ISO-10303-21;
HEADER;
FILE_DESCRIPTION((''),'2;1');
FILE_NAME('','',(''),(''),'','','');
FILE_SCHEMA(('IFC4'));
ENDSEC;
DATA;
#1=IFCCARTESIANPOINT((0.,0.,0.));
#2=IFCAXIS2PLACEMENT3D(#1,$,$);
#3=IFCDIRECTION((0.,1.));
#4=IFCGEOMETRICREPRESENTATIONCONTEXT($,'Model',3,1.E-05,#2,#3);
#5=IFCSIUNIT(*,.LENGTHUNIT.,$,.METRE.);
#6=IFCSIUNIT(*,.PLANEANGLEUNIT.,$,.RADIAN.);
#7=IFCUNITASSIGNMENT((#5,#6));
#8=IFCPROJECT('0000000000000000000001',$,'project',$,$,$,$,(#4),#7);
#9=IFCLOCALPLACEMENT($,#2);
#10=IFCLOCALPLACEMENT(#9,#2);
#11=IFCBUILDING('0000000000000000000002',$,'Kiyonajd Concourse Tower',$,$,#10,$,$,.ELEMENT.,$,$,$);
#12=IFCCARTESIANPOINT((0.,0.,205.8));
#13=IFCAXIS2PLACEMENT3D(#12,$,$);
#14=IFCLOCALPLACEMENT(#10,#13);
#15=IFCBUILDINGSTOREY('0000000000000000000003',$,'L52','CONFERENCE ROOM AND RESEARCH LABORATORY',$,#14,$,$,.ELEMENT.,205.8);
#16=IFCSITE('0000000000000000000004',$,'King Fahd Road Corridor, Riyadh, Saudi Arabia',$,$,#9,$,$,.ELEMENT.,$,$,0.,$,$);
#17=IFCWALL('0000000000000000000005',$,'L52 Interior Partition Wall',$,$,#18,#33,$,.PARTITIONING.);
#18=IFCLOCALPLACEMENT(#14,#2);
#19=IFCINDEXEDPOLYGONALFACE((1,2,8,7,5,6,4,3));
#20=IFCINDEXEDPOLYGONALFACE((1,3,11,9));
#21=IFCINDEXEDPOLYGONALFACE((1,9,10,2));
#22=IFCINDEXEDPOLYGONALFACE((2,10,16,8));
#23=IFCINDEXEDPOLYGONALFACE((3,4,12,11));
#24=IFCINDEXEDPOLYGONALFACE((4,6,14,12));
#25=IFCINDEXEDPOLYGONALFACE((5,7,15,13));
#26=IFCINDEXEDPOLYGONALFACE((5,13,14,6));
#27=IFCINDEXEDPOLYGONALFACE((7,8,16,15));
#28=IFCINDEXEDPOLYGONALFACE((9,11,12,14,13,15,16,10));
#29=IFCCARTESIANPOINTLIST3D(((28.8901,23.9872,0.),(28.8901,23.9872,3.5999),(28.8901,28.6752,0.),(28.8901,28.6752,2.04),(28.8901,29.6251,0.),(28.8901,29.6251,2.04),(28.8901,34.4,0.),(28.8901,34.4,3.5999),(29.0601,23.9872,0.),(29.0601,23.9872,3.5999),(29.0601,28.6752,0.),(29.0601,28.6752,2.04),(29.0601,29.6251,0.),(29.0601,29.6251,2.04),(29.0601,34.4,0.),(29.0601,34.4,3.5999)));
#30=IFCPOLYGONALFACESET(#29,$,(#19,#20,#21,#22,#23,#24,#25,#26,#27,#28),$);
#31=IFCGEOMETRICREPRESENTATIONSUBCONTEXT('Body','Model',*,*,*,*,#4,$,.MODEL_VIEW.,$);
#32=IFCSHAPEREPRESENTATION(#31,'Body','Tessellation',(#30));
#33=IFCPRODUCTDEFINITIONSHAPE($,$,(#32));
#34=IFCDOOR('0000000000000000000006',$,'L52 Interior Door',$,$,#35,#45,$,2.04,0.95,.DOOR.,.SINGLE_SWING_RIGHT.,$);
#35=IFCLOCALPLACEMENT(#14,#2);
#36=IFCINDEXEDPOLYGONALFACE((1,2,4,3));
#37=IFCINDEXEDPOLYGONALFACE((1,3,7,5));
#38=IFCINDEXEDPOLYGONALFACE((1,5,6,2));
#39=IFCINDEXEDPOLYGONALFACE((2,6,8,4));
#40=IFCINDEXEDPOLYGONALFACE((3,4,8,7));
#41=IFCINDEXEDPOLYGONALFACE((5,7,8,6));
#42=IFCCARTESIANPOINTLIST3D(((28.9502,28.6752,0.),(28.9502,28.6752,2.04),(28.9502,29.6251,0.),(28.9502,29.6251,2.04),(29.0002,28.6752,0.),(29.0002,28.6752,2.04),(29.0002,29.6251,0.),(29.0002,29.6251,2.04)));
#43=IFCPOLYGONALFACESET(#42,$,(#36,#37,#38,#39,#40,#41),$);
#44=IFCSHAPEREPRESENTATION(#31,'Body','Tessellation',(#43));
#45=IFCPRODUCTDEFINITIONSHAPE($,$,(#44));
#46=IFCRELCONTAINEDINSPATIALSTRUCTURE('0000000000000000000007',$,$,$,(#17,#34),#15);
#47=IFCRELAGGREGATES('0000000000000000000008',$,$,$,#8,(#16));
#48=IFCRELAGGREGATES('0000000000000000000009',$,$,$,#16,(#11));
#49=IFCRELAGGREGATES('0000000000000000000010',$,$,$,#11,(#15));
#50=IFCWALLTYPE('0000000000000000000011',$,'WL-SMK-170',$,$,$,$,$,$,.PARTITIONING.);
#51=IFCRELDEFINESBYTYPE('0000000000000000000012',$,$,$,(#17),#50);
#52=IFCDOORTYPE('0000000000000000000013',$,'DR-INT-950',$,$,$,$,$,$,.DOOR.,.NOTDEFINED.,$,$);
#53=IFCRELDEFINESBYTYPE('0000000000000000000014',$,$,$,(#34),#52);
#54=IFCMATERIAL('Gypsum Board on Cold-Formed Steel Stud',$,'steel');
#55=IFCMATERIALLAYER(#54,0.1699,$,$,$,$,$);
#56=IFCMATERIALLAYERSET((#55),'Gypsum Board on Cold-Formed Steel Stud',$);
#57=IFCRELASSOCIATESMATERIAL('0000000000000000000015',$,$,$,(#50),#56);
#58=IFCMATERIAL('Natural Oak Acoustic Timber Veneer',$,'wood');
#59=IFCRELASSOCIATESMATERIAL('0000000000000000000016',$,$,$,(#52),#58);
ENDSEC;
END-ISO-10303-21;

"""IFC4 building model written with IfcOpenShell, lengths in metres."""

from ifc_helpers import new_model, si_unit, direction, frame, frame_2d, origin, place, context, subcontext, project, spatial, rectangle, extrude, material, layer, layer_set, type_object, element, fill, save


model = new_model("IFC4")

# Units and contexts
model_context = context("Model", 3, precision=1e-05, world=origin(), true_north=direction((0.0, 1.0)))
body_context = subcontext(model_context, "Body", "Model", "MODEL_VIEW")
ifc_project = project(units=[si_unit("LENGTHUNIT", "METRE"), si_unit("PLANEANGLEUNIT", "RADIAN")], contexts=[model_context])

# Site, building, storey
site_placement = place(None, origin())
site = spatial("IfcSite", under=ifc_project, at=site_placement, Name="King Fahd Road Corridor, Riyadh, Saudi Arabia", CompositionType="ELEMENT", RefElevation=0.0)
building_placement = place(site_placement, origin())
building = spatial("IfcBuilding", under=site, at=building_placement, Name="Kiyonajd Concourse Tower", CompositionType="ELEMENT")
storey_placement = place(building_placement, frame((0.0, 0.0, 205.8)))
storey = spatial("IfcBuildingStorey", under=building, at=storey_placement, Name="L52", Description="CONFERENCE ROOM AND RESEARCH LABORATORY", CompositionType="ELEMENT", Elevation=205.8)

# Shared definitions
ifc_material_1 = material(Name="Gypsum Board on Cold-Formed Steel Stud", Category="steel")
ifc_layer_1 = layer(ifc_material_1, 0.1699)
ifc_layer_set_1 = layer_set([ifc_layer_1], Name="Gypsum Board on Cold-Formed Steel Stud")
wall_type = type_object("IfcWallType", Name="WL-SMK-170", PredefinedType="PARTITIONING", material=ifc_layer_set_1)
ifc_material_2 = material(Name="Natural Oak Acoustic Timber Veneer", Category="wood")
door_type = type_object("IfcDoorType", Name="DR-INT-950", OperationType="NOTDEFINED", PredefinedType="DOOR", material=ifc_material_2)

# Wall, opening, door
wall_1_placement = place(storey_placement, frame((28.9751, 23.9871, 0.0), z_axis=(0.0, 0.0, 1.0), x_axis=(0.0, 1.0, 0.0)))
wall_1 = element("IfcWall", 1, at=wall_1_placement, inside=storey, type_object=wall_type, Name="L52 Interior Partition Wall", PredefinedType="PARTITIONING", context=body_context, shape_type="SweptSolid", body=[
    extrude(rectangle(XDim=10.4128, YDim=0.1699, at=frame_2d((5.2065, 0.0))), origin(), (0.0, 0.0, 1.0), 3.5999),
])
opening_1_placement = place(wall_1_placement, frame((4.688, 0.0, 0.0)))
opening_1 = element("IfcOpeningElement", 2, at=opening_1_placement, cuts=wall_1, PredefinedType="OPENING", context=body_context, shape_type="SweptSolid", body=[
    extrude(rectangle(XDim=0.95, YDim=2.04, at=frame_2d((0.4751, 1.02))), frame((0.0, 0.095, 0.0), z_axis=(0.0, -1.0, 0.0), x_axis=(1.0, 0.0, 0.0)), (0.0, 0.0, 1.0), 0.1899),
])
door_1_placement = place(opening_1_placement, origin())
door_1 = element("IfcDoor", 3, at=door_1_placement, inside=storey, type_object=door_type, Name="L52 Interior Door", OperationType="SINGLE_SWING_RIGHT", OverallHeight=2.04, OverallWidth=0.95, PredefinedType="DOOR", context=body_context, shape_type="SweptSolid", body=[
    extrude(rectangle(XDim=0.95, YDim=2.04, at=frame_2d((0.4751, 1.02))), frame((0.0, 0.0249, 0.0), z_axis=(0.0, -1.0, 0.0), x_axis=(1.0, 0.0, 0.0)), (0.0, 0.0, 1.0), 0.05),
])
fill(opening_1, door_1)

save(model, "model.ifc")
